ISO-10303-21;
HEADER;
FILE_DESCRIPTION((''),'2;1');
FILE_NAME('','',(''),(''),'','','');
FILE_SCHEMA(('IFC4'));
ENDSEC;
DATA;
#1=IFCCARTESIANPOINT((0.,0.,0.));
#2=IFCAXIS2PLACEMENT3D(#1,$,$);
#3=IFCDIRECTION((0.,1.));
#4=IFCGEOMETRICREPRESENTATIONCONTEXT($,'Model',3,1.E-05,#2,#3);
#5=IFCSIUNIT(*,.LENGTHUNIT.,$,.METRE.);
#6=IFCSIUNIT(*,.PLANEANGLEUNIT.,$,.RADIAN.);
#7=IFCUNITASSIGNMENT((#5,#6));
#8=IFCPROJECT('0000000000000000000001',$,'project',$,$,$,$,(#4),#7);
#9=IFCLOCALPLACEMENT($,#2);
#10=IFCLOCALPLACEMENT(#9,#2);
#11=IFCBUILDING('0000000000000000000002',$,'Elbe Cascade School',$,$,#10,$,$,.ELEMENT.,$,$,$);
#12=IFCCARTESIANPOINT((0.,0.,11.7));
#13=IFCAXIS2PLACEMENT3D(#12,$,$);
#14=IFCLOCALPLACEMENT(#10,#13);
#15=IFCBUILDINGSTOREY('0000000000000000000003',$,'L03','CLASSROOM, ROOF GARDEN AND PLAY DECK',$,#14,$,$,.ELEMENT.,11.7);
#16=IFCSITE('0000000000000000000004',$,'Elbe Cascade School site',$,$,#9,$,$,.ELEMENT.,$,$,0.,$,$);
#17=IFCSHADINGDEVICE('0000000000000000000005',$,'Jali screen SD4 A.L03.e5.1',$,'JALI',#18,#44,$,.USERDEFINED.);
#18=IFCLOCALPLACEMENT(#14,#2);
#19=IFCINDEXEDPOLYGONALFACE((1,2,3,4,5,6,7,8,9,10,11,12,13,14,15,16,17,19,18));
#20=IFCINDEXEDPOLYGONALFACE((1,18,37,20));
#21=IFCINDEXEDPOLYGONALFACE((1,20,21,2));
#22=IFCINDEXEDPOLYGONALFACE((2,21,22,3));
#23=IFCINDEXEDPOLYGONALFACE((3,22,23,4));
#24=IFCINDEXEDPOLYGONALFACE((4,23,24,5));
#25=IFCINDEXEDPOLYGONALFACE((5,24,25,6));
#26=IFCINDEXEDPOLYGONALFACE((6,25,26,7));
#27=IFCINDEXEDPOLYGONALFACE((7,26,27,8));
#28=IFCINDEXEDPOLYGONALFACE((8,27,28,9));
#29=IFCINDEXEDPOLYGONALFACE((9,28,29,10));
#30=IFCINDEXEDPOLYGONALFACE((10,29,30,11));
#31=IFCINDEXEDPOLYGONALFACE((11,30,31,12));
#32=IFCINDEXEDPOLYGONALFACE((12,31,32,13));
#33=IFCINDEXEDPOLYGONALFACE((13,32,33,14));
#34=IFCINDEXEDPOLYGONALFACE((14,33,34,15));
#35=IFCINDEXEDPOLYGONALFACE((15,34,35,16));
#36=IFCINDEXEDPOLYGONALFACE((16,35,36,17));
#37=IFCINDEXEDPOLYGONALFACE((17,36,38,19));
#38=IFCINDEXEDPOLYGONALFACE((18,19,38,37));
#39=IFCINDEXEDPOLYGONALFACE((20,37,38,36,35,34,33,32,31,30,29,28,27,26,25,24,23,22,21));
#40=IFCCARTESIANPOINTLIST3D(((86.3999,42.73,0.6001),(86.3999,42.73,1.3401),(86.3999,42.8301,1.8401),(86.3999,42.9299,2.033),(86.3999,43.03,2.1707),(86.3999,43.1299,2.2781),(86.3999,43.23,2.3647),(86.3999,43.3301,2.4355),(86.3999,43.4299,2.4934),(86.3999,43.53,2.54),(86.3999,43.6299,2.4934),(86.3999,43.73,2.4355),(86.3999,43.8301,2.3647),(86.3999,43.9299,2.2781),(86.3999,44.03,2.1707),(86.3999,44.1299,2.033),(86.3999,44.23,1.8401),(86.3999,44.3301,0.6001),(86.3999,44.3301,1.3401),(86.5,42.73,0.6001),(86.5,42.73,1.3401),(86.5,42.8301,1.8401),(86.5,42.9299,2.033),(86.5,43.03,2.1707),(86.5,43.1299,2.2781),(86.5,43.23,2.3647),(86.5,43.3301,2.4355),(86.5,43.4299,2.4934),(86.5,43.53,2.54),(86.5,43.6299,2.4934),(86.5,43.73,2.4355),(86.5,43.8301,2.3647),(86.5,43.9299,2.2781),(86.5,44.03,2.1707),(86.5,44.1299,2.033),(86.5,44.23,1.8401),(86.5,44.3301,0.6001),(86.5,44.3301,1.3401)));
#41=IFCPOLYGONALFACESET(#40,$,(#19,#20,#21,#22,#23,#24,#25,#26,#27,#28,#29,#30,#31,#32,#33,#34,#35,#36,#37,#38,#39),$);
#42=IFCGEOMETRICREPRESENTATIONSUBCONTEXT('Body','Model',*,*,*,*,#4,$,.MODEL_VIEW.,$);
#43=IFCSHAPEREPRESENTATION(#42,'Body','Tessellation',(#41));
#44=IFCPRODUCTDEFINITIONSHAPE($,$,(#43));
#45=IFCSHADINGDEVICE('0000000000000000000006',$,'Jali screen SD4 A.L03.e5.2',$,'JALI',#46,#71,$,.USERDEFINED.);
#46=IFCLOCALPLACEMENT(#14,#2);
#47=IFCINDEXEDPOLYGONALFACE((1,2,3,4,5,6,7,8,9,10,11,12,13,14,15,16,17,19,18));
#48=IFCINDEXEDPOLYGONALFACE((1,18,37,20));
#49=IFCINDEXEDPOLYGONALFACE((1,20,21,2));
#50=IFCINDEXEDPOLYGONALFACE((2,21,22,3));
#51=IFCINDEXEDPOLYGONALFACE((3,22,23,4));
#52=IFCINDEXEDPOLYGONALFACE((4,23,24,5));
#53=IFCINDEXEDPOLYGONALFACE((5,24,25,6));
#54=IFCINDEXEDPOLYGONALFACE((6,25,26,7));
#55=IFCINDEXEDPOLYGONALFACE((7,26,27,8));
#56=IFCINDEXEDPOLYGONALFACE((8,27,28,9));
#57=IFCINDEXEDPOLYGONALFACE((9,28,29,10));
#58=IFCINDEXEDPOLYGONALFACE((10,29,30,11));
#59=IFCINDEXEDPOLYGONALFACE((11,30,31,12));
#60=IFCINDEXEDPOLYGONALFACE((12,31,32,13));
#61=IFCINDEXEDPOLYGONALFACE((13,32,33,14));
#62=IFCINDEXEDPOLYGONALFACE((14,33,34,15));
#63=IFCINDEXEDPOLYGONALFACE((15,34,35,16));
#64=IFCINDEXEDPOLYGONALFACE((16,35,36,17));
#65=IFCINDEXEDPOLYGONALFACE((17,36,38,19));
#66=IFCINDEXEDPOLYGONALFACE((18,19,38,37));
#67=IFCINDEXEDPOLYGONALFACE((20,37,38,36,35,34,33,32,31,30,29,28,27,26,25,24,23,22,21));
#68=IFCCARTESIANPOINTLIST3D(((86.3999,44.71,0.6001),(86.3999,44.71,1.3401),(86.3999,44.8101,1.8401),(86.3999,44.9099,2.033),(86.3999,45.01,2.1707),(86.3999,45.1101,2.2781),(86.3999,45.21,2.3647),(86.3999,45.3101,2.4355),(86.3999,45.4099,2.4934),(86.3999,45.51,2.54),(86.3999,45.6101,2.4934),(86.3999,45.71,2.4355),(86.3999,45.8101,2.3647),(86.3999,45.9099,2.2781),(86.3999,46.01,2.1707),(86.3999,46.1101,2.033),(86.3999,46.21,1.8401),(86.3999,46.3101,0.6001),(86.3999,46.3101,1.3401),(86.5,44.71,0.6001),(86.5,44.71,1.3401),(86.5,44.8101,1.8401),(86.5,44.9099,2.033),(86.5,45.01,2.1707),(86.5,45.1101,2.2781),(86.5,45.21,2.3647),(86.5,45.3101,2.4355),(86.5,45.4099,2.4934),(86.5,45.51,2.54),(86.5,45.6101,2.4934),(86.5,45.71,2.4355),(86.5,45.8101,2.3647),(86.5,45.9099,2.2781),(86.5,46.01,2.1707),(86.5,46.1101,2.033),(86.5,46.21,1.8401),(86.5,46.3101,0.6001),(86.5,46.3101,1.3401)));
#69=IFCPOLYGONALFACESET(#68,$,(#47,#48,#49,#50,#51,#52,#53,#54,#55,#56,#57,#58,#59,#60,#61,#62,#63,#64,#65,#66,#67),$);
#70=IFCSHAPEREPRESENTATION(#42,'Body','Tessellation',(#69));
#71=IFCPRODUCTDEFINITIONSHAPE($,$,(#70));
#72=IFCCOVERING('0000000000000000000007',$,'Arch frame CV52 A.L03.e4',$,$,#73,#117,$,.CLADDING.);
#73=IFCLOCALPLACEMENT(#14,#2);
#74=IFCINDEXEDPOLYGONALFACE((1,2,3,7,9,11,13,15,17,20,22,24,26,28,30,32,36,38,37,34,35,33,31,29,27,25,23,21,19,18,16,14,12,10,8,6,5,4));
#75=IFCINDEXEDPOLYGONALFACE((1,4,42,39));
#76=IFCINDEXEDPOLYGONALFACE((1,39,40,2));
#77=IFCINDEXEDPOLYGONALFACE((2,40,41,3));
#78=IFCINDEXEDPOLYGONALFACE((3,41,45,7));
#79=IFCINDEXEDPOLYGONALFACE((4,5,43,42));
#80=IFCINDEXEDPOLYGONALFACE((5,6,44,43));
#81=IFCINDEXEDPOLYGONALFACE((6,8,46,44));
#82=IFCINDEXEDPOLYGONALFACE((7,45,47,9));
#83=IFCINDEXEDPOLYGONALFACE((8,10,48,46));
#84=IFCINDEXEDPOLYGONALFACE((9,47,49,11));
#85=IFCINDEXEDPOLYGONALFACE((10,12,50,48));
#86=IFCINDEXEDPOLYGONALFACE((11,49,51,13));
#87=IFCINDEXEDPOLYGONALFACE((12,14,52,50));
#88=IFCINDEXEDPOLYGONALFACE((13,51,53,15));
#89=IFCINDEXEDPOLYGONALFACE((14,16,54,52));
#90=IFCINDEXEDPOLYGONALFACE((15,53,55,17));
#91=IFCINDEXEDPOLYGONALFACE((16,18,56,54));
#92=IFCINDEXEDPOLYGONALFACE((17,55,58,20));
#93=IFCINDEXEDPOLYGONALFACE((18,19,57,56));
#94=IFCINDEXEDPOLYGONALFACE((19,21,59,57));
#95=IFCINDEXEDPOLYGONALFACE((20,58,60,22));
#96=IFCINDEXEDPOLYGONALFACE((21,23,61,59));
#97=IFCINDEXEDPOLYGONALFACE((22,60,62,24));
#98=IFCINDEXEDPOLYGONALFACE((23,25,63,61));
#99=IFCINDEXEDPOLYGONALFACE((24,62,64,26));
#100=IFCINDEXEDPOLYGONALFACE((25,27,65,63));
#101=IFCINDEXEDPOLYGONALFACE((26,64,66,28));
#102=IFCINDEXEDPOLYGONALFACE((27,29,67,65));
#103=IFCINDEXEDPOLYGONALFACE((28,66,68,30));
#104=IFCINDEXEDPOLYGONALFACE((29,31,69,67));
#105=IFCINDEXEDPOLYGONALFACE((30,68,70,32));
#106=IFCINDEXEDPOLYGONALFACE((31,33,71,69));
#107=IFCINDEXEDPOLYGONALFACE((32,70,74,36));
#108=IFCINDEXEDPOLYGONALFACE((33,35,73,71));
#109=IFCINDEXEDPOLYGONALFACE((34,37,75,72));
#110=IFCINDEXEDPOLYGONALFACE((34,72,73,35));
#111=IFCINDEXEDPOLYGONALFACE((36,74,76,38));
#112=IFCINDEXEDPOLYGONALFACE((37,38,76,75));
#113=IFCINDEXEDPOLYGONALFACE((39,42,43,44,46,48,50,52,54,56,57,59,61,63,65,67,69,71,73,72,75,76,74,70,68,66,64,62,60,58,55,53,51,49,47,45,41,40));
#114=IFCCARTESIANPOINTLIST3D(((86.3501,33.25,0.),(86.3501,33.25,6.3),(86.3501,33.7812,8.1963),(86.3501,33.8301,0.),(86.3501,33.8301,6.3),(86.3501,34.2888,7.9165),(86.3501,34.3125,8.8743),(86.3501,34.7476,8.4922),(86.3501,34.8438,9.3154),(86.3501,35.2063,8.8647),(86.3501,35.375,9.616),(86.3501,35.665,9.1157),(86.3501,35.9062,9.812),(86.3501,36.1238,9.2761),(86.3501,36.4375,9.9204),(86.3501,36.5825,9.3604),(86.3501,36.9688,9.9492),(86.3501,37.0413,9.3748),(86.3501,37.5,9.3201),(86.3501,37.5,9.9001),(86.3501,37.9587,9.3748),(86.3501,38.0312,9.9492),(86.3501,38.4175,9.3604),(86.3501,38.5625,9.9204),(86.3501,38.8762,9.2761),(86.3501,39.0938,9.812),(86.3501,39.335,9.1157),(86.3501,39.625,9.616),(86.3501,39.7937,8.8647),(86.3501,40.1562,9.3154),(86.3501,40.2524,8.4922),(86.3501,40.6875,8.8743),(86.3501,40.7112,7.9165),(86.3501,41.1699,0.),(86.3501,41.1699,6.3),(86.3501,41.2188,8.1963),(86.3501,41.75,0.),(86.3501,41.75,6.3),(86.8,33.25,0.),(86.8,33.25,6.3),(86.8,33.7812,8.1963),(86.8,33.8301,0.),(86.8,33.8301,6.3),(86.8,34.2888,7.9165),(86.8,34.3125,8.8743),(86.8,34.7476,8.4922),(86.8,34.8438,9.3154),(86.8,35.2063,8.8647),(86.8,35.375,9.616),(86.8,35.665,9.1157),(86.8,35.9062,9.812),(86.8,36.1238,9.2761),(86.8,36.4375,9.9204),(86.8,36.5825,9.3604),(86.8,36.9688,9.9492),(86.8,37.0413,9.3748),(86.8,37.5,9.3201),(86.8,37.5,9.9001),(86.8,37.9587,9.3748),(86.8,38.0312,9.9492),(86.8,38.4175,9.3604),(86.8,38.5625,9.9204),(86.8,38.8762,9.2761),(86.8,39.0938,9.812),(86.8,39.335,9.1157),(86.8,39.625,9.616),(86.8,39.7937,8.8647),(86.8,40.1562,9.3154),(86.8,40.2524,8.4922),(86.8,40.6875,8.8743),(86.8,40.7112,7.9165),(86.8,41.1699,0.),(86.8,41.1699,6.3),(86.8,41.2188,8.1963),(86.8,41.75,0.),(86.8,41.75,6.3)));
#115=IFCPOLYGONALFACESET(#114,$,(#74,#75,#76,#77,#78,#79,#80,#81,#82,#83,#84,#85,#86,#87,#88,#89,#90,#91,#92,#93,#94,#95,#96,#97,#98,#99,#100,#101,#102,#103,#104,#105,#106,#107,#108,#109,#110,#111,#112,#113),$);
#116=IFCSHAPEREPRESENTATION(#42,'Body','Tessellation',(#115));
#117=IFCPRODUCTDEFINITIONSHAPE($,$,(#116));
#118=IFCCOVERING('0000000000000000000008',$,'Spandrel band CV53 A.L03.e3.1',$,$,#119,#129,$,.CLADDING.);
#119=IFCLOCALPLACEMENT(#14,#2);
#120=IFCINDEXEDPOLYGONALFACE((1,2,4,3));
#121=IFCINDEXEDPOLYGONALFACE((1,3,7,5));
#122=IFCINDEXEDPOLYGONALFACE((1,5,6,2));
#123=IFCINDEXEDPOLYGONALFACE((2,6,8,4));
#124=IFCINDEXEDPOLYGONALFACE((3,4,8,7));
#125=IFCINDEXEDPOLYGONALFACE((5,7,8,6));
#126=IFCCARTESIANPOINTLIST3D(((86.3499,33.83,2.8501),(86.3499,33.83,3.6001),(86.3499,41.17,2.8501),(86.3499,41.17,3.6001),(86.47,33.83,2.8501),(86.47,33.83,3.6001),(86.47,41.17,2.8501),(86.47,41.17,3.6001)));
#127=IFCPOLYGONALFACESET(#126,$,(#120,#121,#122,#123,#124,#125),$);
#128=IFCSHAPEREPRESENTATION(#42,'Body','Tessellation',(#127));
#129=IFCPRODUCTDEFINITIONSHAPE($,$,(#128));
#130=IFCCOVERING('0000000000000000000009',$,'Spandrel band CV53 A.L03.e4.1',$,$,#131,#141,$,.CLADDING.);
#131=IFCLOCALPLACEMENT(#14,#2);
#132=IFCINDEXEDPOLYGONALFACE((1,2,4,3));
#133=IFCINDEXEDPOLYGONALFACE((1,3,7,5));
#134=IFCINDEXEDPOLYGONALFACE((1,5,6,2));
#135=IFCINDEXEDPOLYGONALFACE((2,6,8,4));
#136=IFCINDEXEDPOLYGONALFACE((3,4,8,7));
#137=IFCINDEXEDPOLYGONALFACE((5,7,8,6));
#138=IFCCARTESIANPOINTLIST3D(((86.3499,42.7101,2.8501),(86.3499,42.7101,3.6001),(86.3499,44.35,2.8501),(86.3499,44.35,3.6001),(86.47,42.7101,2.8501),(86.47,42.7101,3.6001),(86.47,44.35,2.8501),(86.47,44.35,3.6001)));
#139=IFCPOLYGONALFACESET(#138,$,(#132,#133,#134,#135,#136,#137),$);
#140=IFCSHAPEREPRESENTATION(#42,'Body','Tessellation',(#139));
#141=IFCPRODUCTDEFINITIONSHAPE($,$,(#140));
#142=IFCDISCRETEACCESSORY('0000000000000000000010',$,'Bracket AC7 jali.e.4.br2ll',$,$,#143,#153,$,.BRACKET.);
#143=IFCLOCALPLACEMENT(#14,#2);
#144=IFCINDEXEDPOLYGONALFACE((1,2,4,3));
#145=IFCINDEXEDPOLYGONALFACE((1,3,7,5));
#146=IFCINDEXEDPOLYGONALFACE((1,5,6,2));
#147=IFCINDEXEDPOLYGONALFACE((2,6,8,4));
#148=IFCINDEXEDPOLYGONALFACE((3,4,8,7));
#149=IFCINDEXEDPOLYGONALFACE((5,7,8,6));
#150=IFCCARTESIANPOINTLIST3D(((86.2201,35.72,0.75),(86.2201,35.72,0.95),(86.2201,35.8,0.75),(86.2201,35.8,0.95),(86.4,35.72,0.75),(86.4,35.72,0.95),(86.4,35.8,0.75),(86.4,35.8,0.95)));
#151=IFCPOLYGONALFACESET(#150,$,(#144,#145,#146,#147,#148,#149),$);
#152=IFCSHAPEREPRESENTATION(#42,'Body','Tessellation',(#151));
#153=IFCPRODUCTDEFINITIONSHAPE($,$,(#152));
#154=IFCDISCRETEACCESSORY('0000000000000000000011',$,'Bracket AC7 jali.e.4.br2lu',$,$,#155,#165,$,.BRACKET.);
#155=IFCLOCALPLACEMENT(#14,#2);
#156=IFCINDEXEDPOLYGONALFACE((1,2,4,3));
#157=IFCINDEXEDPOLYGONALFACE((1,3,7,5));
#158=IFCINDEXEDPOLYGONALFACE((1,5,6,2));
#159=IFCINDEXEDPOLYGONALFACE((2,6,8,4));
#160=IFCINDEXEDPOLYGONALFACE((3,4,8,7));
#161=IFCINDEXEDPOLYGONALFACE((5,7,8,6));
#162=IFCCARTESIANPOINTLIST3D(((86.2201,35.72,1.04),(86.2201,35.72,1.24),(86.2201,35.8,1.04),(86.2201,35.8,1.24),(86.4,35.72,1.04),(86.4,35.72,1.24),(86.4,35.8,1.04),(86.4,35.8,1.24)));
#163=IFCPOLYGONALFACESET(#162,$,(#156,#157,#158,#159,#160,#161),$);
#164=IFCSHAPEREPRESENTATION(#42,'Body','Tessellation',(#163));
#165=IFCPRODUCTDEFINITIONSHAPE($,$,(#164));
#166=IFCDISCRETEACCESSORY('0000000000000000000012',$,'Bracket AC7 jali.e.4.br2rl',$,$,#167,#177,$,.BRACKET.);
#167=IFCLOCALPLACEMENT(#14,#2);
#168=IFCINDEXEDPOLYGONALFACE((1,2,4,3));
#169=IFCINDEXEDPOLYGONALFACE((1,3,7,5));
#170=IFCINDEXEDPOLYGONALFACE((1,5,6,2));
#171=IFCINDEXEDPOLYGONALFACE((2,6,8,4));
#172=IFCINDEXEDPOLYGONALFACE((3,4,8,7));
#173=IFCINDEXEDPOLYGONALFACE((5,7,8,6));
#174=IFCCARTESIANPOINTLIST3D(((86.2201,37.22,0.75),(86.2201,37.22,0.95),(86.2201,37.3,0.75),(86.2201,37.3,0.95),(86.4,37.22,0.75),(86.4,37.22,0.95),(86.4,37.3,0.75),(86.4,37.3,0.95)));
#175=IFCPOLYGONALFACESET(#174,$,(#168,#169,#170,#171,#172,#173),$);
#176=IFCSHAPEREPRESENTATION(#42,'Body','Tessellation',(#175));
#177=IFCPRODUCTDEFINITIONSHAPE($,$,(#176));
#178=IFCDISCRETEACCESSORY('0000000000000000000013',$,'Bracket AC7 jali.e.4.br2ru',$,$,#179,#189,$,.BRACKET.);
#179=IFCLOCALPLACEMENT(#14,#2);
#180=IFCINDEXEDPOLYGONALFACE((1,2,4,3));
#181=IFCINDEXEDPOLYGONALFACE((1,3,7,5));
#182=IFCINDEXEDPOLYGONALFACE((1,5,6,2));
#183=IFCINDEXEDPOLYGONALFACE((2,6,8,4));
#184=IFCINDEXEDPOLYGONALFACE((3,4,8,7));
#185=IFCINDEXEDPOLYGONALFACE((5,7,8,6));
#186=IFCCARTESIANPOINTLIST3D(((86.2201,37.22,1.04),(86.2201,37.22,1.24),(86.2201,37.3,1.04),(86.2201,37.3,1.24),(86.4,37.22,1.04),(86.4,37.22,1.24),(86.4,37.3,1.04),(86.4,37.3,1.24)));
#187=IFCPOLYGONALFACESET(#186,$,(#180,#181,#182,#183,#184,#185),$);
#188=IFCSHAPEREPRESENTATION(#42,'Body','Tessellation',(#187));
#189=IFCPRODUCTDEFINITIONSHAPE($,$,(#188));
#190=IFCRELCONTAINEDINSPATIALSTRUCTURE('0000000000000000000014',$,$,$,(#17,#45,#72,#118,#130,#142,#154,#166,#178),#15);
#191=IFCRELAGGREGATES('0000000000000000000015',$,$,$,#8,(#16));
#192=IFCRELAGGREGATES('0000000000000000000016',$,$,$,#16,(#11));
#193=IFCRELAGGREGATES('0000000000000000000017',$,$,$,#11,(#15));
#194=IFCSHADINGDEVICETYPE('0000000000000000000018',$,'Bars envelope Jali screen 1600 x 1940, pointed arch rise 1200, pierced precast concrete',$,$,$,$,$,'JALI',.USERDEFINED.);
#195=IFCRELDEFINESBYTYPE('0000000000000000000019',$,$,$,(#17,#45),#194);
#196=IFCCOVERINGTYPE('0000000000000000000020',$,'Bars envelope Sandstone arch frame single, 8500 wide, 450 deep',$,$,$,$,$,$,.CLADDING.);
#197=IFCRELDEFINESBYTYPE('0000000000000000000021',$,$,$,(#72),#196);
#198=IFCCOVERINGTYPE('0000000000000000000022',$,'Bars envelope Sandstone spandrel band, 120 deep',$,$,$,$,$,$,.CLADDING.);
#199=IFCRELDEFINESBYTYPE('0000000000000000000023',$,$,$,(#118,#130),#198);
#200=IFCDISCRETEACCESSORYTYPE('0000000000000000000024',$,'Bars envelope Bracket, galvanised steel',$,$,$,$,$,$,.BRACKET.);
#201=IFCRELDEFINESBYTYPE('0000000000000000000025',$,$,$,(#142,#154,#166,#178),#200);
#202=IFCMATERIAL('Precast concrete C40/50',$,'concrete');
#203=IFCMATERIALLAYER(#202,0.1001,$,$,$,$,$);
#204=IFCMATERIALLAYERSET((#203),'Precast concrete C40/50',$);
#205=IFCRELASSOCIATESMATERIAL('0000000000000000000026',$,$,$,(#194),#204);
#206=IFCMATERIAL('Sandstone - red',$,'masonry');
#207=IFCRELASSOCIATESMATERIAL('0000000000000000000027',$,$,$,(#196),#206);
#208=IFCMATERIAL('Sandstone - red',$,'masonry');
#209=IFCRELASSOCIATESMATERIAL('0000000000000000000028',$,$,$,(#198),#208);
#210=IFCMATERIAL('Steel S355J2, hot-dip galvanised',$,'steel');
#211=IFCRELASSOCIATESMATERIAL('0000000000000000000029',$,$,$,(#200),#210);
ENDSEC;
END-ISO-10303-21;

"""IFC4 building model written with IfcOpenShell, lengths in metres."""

from ifc_helpers import new_model, si_unit, direction, frame, origin, origin_2d, place, context, subcontext, project, spatial, polyline, rectangle, outline, extrude, material, layer, layer_set, type_object, element, save


model = new_model("IFC4")

# Units and contexts
model_context = context("Model", 3, precision=1e-05, world=origin(), true_north=direction((0.0, 1.0)))
body_context = subcontext(model_context, "Body", "Model", "MODEL_VIEW")
ifc_project = project(units=[si_unit("LENGTHUNIT", "METRE"), si_unit("PLANEANGLEUNIT", "RADIAN")], contexts=[model_context])

# Site, building, storey
site_placement = place(None, origin())
site = spatial("IfcSite", under=ifc_project, at=site_placement, Name="Elbe Cascade School site", CompositionType="ELEMENT", RefElevation=0.0)
building_placement = place(site_placement, origin())
building = spatial("IfcBuilding", under=site, at=building_placement, Name="Elbe Cascade School", CompositionType="ELEMENT")
storey_placement = place(building_placement, frame((0.0, 0.0, 11.7)))
storey = spatial("IfcBuildingStorey", under=building, at=storey_placement, Name="L03", Description="CLASSROOM, ROOF GARDEN AND PLAY DECK", CompositionType="ELEMENT", Elevation=11.7)

# Shading devices
ifc_material_1 = material(Name="Precast concrete C40/50", Category="concrete")
ifc_layer_1 = layer(ifc_material_1, 0.1001)
ifc_layer_set_1 = layer_set([ifc_layer_1], Name="Precast concrete C40/50")
shading_device_type_1 = type_object("IfcShadingDeviceType", Name="Bars envelope Jali screen 1600 x 1940, pointed arch rise 1200, pierced precast concrete", ElementType="JALI", PredefinedType="USERDEFINED", material=ifc_layer_set_1)
shading_device_1_placement = place(storey_placement, frame((86.5, 42.73, 0.6001), z_axis=(1.0, 0.0, 0.0), x_axis=(0.0, 1.0, 0.0)))
element("IfcShadingDevice", 1, at=shading_device_1_placement, inside=storey, type_object=shading_device_type_1, Name="Jali screen SD4 A.L03.e5.1", ObjectType="JALI", PredefinedType="USERDEFINED", context=body_context, shape_type="SweptSolid", body=[
    extrude(outline(polyline([(0.0, 0.0), (1.6001, 0.0), (1.6001, 0.74), (1.5, 1.24), (1.3999, 1.4329), (1.3, 1.5706), (1.2, 1.678), (1.1001, 1.7646), (1.0, 1.8354), (0.8999, 1.8933), (0.8, 1.9399), (0.7, 1.8933), (0.6001, 1.8354), (0.5, 1.7646), (0.3999, 1.678), (0.3, 1.5706), (0.2, 1.4329), (0.1001, 1.24), (0.0, 0.74), (0.0, 0.0)])), origin(), (0.0, 0.0, -1.0), 0.1001),
])
shading_device_2_placement = place(storey_placement, frame((86.5, 44.71, 0.6001), z_axis=(1.0, 0.0, 0.0), x_axis=(0.0, 1.0, 0.0)))
element("IfcShadingDevice", 2, at=shading_device_2_placement, inside=storey, type_object=shading_device_type_1, Name="Jali screen SD4 A.L03.e5.2", ObjectType="JALI", PredefinedType="USERDEFINED", context=body_context, shape_type="SweptSolid", body=[
    extrude(outline(polyline([(0.0, 0.0), (1.6001, 0.0), (1.6001, 0.74), (1.5, 1.24), (1.4001, 1.4329), (1.3, 1.5706), (1.2, 1.678), (1.1001, 1.7646), (1.0, 1.8354), (0.9001, 1.8933), (0.8, 1.9399), (0.7, 1.8933), (0.6001, 1.8354), (0.5, 1.7646), (0.4001, 1.678), (0.3, 1.5706), (0.2, 1.4329), (0.1001, 1.24), (0.0, 0.74), (0.0, 0.0)])), origin(), (0.0, 0.0, -1.0), 0.1001),
])

# Coverings
ifc_material_2 = material(Name="Sandstone - red", Category="masonry")
covering_type_1 = type_object("IfcCoveringType", Name="Bars envelope Sandstone arch frame single, 8500 wide, 450 deep", PredefinedType="CLADDING", material=ifc_material_2)
covering_1_placement = place(storey_placement, frame((86.8, 33.8301, 0.0), z_axis=(1.0, 0.0, 0.0), x_axis=(0.0, 0.0, 1.0)))
element("IfcCovering", 3, at=covering_1_placement, inside=storey, type_object=covering_type_1, Name="Arch frame CV52 A.L03.e4", PredefinedType="CLADDING", context=body_context, shape_type="SweptSolid", body=[
    extrude(outline(polyline([(0.0, 0.0), (6.3, 0.0), (7.9165, -0.4587), (8.4922, -0.9175), (8.8647, -1.3762), (9.1157, -1.835), (9.2761, -2.2937), (9.3604, -2.7524), (9.3748, -3.2112), (9.3201, -3.6699), (9.3748, -4.1287), (9.3604, -4.5874), (9.2761, -5.0461), (9.1157, -5.5049), (8.8647, -5.9636), (8.4922, -6.4224), (7.9165, -6.8811), (6.3, -7.3398), (0.0, -7.3398), (0.0, -7.9199), (6.3, -7.9199), (8.1963, -7.3887), (8.8743, -6.8574), (9.3154, -6.3262), (9.616, -5.7949), (9.812, -5.2637), (9.9204, -4.7324), (9.9492, -4.2012), (9.9001, -3.6699), (9.9492, -3.1387), (9.9204, -2.6074), (9.812, -2.0762), (9.616, -1.5449), (9.3154, -1.0137), (8.8743, -0.4824), (8.1963, 0.0488), (6.3, 0.5801), (0.0, 0.5801), (0.0, 0.0)])), origin(), (0.0, 0.0, -1.0), 0.45),
])
ifc_material_3 = material(Name="Sandstone - red", Category="masonry")
covering_type_2 = type_object("IfcCoveringType", Name="Bars envelope Sandstone spandrel band, 120 deep", PredefinedType="CLADDING", material=ifc_material_3)
covering_2_placement = place(storey_placement, frame((86.4099, 37.5, 2.8501), z_axis=(0.0, 0.0, 1.0), x_axis=(0.0, 1.0, 0.0)))
element("IfcCovering", 4, at=covering_2_placement, inside=storey, type_object=covering_type_2, Name="Spandrel band CV53 A.L03.e3.1", PredefinedType="CLADDING", context=body_context, shape_type="SweptSolid", body=[
    extrude(rectangle(XDim=7.3401, YDim=0.1201, at=origin_2d()), origin(), (0.0, 0.0, 1.0), 0.75),
])
covering_3_placement = place(storey_placement, frame((86.4099, 43.53, 2.8501), z_axis=(0.0, 0.0, 1.0), x_axis=(0.0, 1.0, 0.0)))
element("IfcCovering", 5, at=covering_3_placement, inside=storey, type_object=covering_type_2, Name="Spandrel band CV53 A.L03.e4.1", PredefinedType="CLADDING", context=body_context, shape_type="SweptSolid", body=[
    extrude(rectangle(XDim=1.6399, YDim=0.1201, at=origin_2d()), origin(), (0.0, 0.0, 1.0), 0.75),
])

# Discrete accessories
ifc_material_4 = material(Name="Steel S355J2, hot-dip galvanised", Category="steel")
discrete_accessory_type = type_object("IfcDiscreteAccessoryType", Name="Bars envelope Bracket, galvanised steel", PredefinedType="BRACKET", material=ifc_material_4)
for number, where, z_axis, x_axis, name in (
    (6, (86.3101, 35.76, 0.75), (0.0, 0.0, 1.0), (0.0, 1.0, 0.0), "Bracket AC7 jali.e.4.br2ll"),
    (7, (86.3101, 35.76, 1.04), (0.0, 0.0, 1.0), (0.0, 1.0, 0.0), "Bracket AC7 jali.e.4.br2lu"),
    (8, (86.3101, 37.26, 0.75), (0.0, 0.0, 1.0), (0.0, 1.0, 0.0), "Bracket AC7 jali.e.4.br2rl"),
    (9, (86.3101, 37.26, 1.04), (0.0, 0.0, 1.0), (0.0, 1.0, 0.0), "Bracket AC7 jali.e.4.br2ru"),
):
    element("IfcDiscreteAccessory", number, at=place(storey_placement, frame(where, z_axis=z_axis, x_axis=x_axis)), inside=storey, type_object=discrete_accessory_type, Name=name, PredefinedType="BRACKET", context=body_context, shape_type="SweptSolid", body=[
        extrude(rectangle(XDim=0.0801, YDim=0.1799, at=origin_2d()), origin(), (0.0, 0.0, 1.0), 0.2),
    ])

save(model, "model.ifc")
